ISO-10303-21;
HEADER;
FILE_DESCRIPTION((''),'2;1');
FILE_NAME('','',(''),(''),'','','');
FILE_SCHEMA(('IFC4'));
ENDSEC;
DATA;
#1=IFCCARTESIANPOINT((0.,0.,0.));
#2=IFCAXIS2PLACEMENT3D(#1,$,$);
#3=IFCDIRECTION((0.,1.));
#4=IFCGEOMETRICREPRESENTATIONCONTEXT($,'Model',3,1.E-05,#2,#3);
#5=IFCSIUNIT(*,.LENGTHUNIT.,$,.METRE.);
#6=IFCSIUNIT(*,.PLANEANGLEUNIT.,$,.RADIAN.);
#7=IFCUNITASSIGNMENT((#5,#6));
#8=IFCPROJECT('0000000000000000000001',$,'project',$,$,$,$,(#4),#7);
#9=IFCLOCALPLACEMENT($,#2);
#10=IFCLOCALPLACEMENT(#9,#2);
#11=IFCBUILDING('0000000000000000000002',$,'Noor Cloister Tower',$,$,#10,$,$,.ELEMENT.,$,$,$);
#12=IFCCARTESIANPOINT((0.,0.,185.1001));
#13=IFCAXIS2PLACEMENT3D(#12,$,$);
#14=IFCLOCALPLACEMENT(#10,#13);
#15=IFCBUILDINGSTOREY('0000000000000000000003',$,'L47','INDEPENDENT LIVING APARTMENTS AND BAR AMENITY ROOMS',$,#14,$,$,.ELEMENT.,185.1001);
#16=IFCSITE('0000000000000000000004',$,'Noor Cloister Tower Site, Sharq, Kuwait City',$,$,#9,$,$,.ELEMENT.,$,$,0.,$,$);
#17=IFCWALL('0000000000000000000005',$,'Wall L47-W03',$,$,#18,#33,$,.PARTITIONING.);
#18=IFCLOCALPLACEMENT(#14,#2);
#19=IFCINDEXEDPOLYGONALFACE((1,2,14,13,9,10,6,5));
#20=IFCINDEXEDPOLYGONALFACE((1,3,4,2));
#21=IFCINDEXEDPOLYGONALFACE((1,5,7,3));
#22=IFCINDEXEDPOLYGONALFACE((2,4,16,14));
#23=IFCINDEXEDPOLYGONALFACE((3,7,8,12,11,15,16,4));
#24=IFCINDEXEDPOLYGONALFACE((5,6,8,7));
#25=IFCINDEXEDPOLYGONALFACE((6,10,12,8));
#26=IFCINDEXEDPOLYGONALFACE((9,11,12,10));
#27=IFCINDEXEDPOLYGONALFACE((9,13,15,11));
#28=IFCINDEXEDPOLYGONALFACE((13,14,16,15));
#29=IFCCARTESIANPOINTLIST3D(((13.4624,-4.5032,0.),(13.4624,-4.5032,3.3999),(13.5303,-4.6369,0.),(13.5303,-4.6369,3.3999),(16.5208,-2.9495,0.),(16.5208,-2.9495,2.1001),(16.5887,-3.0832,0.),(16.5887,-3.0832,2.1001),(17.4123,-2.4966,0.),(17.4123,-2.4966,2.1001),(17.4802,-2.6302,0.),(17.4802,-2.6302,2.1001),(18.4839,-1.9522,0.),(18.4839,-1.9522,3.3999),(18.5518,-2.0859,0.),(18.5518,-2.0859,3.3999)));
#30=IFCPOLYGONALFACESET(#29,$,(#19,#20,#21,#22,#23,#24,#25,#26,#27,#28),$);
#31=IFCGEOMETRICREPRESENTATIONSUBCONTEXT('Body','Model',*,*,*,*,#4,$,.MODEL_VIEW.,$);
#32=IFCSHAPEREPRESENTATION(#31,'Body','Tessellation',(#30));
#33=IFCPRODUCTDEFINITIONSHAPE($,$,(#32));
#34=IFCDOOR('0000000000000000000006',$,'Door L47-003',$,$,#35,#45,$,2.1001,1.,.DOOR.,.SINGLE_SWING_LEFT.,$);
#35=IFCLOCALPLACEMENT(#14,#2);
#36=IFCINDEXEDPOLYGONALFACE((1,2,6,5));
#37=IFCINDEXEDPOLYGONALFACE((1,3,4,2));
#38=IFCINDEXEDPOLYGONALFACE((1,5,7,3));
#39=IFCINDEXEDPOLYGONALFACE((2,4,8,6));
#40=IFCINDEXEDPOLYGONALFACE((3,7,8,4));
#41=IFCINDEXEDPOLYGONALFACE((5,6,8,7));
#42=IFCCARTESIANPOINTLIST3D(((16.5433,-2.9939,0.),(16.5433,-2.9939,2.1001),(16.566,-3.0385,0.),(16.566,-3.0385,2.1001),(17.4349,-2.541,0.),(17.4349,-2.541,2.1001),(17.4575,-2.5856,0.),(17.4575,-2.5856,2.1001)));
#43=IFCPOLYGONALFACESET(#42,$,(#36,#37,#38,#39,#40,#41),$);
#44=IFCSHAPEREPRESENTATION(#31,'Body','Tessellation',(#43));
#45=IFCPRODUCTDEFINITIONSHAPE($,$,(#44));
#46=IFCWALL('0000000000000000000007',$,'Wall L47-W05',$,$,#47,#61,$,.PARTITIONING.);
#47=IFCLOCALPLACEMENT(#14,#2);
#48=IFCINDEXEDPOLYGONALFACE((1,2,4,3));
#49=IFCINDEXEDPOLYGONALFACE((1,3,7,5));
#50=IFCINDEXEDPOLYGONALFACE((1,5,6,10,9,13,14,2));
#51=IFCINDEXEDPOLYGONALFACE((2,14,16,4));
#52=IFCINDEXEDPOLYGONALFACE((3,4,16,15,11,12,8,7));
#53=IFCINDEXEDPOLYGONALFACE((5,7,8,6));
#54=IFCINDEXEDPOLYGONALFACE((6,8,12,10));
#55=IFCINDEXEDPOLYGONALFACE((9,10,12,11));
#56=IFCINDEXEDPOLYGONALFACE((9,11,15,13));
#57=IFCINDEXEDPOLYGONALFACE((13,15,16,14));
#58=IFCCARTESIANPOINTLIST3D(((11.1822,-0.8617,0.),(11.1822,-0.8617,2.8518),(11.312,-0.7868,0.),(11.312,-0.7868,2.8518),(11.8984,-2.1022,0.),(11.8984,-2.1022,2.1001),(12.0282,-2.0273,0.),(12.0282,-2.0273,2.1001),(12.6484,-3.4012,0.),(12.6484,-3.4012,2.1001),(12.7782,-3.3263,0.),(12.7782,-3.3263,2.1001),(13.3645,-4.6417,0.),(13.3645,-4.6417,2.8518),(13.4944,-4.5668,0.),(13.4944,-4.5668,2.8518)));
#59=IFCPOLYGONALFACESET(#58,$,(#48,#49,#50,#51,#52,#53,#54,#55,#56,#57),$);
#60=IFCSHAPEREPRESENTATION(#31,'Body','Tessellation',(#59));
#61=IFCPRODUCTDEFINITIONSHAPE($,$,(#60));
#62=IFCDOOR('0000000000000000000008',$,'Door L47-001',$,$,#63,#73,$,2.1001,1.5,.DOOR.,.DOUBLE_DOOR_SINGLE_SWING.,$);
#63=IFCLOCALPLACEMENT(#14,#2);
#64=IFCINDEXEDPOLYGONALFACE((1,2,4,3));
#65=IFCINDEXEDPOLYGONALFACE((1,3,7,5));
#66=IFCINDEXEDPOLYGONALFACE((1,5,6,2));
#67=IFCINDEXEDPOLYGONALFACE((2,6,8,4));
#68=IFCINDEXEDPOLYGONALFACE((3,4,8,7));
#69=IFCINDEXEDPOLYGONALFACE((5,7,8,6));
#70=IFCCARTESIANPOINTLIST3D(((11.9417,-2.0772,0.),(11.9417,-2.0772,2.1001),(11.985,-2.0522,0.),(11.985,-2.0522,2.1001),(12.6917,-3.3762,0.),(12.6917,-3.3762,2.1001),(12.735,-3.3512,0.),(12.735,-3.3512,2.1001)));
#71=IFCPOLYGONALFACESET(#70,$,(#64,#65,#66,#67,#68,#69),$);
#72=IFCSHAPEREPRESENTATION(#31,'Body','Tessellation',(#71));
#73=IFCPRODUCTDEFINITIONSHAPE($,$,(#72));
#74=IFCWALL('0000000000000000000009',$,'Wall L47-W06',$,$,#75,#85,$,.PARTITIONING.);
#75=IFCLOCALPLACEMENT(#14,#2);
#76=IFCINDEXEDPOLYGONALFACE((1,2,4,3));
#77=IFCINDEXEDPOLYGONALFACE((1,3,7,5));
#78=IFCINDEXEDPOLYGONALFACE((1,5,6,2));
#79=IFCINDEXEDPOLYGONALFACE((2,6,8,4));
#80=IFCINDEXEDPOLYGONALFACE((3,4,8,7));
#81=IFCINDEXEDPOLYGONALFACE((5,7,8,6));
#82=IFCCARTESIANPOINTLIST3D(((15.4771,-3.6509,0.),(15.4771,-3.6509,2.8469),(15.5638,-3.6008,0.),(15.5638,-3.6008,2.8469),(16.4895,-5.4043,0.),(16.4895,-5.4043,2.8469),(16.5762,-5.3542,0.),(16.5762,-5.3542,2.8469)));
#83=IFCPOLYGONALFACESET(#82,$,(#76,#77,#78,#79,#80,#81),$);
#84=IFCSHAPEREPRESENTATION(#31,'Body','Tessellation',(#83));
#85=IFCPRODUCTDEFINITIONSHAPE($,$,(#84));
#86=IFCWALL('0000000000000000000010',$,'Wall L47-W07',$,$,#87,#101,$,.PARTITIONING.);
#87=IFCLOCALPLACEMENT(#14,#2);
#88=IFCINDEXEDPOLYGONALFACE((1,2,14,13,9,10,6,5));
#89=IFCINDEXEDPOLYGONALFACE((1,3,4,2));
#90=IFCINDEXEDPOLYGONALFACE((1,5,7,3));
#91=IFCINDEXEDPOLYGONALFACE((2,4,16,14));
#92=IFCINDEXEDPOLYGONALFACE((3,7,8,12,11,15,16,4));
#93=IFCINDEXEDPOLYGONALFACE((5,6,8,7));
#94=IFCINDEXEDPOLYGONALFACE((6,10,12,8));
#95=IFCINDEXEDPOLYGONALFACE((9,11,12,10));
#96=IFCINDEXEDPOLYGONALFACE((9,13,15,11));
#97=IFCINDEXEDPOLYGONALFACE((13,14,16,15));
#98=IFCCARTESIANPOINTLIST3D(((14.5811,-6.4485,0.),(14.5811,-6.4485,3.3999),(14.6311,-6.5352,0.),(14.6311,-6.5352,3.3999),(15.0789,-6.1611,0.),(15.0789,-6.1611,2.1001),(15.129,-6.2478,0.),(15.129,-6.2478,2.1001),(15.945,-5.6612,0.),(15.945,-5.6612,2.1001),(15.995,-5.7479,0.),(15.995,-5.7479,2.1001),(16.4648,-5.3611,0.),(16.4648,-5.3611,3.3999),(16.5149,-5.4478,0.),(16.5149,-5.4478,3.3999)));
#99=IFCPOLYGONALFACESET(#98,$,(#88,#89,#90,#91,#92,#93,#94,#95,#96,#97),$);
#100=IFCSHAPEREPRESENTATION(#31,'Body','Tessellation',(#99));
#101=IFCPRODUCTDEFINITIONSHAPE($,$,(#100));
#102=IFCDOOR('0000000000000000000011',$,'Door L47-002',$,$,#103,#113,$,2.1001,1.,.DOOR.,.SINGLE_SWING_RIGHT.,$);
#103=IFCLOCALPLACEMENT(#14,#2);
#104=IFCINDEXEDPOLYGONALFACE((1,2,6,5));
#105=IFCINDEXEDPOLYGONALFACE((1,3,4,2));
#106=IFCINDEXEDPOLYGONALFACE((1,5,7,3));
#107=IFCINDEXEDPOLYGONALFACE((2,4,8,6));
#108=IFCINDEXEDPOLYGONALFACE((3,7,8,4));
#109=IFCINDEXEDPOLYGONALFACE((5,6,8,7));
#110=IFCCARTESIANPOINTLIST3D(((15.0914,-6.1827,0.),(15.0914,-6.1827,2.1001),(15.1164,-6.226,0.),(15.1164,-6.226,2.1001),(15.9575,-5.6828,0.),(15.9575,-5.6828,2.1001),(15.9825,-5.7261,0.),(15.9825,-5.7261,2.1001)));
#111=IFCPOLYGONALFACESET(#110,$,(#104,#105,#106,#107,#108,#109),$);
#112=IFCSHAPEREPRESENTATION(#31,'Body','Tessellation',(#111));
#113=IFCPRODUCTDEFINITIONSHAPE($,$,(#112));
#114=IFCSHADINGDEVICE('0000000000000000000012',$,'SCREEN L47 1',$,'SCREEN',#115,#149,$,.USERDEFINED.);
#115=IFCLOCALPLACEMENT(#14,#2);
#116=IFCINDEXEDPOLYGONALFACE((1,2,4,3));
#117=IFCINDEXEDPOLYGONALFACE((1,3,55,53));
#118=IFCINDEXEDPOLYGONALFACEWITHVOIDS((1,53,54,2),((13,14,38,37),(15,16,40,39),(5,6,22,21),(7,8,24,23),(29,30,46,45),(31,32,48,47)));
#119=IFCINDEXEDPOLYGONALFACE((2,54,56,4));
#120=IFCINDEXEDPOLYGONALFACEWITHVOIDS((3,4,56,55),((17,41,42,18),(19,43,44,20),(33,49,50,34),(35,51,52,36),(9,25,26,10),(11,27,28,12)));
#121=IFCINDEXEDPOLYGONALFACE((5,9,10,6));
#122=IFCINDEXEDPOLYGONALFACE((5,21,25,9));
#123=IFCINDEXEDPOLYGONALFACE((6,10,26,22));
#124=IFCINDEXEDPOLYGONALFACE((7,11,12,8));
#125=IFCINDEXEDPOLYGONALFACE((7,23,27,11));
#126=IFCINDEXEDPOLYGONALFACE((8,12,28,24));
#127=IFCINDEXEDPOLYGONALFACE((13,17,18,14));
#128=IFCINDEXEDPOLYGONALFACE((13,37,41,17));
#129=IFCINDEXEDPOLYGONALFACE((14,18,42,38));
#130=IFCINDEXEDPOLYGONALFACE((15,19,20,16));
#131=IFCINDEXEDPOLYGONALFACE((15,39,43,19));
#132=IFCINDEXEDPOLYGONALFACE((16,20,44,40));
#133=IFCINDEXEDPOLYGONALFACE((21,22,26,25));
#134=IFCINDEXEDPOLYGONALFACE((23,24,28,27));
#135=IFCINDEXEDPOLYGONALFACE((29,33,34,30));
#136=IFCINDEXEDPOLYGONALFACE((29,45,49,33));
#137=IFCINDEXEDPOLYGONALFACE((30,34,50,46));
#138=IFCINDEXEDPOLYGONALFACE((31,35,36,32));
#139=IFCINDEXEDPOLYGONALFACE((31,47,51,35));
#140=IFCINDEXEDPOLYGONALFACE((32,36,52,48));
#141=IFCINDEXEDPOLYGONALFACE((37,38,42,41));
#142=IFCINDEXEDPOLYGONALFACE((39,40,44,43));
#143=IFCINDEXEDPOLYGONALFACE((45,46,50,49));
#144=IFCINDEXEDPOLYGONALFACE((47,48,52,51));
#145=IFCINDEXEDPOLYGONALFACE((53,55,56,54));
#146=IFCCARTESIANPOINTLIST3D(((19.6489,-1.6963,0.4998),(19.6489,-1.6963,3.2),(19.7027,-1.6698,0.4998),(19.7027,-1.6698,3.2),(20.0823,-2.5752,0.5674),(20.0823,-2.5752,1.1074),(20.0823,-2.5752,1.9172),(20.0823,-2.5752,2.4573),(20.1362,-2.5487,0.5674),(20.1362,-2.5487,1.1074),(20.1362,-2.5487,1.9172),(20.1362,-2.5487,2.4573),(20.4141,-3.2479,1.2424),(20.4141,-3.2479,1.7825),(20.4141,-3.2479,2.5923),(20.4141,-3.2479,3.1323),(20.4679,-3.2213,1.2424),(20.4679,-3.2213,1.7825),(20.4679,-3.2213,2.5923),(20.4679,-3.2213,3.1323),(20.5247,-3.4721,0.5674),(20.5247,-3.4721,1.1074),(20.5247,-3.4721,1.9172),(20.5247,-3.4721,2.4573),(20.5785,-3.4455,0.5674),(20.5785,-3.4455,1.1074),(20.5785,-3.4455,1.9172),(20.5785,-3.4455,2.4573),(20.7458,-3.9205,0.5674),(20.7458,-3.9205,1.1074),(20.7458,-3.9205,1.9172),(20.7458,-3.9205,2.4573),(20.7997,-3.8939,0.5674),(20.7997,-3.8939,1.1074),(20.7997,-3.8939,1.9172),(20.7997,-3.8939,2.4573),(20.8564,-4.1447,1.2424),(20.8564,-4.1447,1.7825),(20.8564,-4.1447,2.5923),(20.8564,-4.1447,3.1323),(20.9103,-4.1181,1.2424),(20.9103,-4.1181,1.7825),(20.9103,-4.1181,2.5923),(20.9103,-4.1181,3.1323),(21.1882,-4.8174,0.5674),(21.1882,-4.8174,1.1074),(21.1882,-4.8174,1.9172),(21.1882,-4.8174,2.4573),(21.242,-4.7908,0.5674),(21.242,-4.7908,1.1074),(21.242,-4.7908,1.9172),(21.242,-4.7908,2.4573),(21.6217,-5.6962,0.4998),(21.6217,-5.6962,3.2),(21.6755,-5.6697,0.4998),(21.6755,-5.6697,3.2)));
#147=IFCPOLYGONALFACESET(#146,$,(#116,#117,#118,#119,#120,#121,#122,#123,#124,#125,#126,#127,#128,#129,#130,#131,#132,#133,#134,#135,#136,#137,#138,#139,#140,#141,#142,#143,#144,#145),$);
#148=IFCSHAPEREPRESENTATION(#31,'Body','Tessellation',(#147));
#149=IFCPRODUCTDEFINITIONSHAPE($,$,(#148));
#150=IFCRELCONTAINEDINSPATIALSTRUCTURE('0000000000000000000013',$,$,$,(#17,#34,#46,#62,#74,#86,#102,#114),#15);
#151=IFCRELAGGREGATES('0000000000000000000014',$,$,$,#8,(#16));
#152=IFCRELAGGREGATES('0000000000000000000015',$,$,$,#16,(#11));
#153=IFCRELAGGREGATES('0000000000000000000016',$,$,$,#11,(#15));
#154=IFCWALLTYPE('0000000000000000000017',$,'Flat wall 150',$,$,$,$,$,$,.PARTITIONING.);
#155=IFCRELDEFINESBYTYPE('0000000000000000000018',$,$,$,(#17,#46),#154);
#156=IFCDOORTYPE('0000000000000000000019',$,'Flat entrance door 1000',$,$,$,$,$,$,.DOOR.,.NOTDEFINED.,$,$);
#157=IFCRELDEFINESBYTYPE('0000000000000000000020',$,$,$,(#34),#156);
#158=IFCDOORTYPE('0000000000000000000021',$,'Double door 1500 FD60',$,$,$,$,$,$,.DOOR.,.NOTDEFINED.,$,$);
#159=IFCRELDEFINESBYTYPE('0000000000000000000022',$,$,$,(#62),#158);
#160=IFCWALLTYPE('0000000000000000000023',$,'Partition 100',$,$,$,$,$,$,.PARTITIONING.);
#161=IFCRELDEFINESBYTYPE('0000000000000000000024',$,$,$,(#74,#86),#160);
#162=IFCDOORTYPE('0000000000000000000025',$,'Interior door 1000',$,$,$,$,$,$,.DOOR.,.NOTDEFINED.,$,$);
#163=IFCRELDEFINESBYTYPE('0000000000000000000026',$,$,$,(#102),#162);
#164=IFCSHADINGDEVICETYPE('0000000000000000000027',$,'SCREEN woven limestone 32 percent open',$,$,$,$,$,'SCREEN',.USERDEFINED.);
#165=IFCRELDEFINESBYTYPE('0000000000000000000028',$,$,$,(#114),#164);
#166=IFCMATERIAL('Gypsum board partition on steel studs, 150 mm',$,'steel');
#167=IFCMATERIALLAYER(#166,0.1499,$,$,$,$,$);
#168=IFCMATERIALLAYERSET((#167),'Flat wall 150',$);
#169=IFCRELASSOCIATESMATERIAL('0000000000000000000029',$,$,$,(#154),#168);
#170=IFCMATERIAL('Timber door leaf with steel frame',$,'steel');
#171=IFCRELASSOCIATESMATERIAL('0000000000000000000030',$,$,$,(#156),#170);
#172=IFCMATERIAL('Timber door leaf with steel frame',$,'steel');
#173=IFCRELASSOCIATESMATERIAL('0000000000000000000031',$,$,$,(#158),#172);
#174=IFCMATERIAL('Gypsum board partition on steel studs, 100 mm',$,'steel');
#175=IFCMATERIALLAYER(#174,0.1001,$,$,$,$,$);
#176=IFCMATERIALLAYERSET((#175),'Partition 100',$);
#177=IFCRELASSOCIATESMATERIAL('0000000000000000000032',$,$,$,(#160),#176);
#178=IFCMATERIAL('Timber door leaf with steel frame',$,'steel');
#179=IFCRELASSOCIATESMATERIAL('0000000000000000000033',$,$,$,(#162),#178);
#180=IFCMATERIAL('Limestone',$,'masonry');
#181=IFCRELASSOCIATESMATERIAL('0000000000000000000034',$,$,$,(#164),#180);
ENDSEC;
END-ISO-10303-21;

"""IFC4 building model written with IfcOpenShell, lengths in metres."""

from ifc_helpers import new_model, si_unit, direction, frame, frame_2d, origin, place, context, subcontext, project, spatial, polyline, rectangle, outline, extrude, material, layer, layer_set, material_profile, profile_set, type_object, element, fill, save


model = new_model("IFC4")

# Units and contexts
model_context = context("Model", 3, precision=1e-05, world=origin(), true_north=direction((0.0, 1.0)))
body_context = subcontext(model_context, "Body", "Model", "MODEL_VIEW")
ifc_project = project(units=[si_unit("LENGTHUNIT", "METRE"), si_unit("PLANEANGLEUNIT", "RADIAN")], contexts=[model_context])

# Site, building, storey
site_placement = place(None, origin())
site = spatial("IfcSite", under=ifc_project, at=site_placement, Name="Noor Cloister Tower Site, Sharq, Kuwait City", CompositionType="ELEMENT", RefElevation=0.0)
building_placement = place(site_placement, origin())
building = spatial("IfcBuilding", under=site, at=building_placement, Name="Noor Cloister Tower", CompositionType="ELEMENT")
storey_placement = place(building_placement, frame((0.0, 0.0, 185.1001)))
storey = spatial("IfcBuildingStorey", under=building, at=storey_placement, Name="L47", Description="INDEPENDENT LIVING APARTMENTS AND BAR AMENITY ROOMS", CompositionType="ELEMENT", Elevation=185.1001)

# Walls, openings, doors
ifc_material_1 = material(Name="Gypsum board partition on steel studs, 150 mm", Category="steel")
ifc_layer_1 = layer(ifc_material_1, 0.1499)
ifc_layer_set_1 = layer_set([ifc_layer_1], Name="Flat wall 150")
wall_type_1 = type_object("IfcWallType", Name="Flat wall 150", PredefinedType="PARTITIONING", material=ifc_layer_set_1)
ifc_material_2 = material(Name="Timber door leaf with steel frame", Category="steel")
door_type_1 = type_object("IfcDoorType", Name="Flat entrance door 1000", OperationType="NOTDEFINED", PredefinedType="DOOR", material=ifc_material_2)
wall_1_placement = place(storey_placement, frame((18.5178, -2.019, 0.0), z_axis=(0.0, 0.0, 1.0), x_axis=(-0.891548, -0.452926, 0.0)))
wall_1 = element("IfcWall", 1, at=wall_1_placement, inside=storey, type_object=wall_type_1, Name="Wall L47-W03", PredefinedType="PARTITIONING", context=body_context, shape_type="SweptSolid", body=[
    extrude(rectangle(XDim=5.6323, YDim=0.1499, at=frame_2d((2.8162, 0.0))), origin(), (0.0, 0.0, 1.0), 3.3999),
])
opening_1_placement = place(wall_1_placement, frame((1.2019, 0.0, 0.0)))
opening_1 = element("IfcOpeningElement", 2, at=opening_1_placement, cuts=wall_1, PredefinedType="OPENING", context=body_context, shape_type="SweptSolid", body=[
    extrude(rectangle(XDim=1.0, YDim=2.1001, at=frame_2d((0.5, 1.05))), frame((0.0, 0.085, 0.0), z_axis=(0.0, -1.0, 0.0), x_axis=(1.0, 0.0, 0.0)), (0.0, 0.0, 1.0), 0.1699),
])
door_1_placement = place(opening_1_placement, origin())
door_1 = element("IfcDoor", 3, at=door_1_placement, inside=storey, type_object=door_type_1, Name="Door L47-003", OperationType="SINGLE_SWING_LEFT", OverallHeight=2.1001, OverallWidth=1.0, PredefinedType="DOOR", context=body_context, shape_type="SweptSolid", body=[
    extrude(rectangle(XDim=1.0, YDim=2.1001, at=frame_2d((0.5, 1.05))), frame((0.0, 0.0249, 0.0), z_axis=(0.0, -1.0, 0.0), x_axis=(1.0, 0.0, 0.0)), (0.0, 0.0, 1.0), 0.05),
])
fill(opening_1, door_1)
wall_2_placement = place(storey_placement, frame((13.4294, -4.6042, 0.0), z_axis=(0.0, 0.0, 1.0), x_axis=(-0.499995, 0.866028, 0.0)))
wall_2 = element("IfcWall", 4, at=wall_2_placement, inside=storey, type_object=wall_type_1, Name="Wall L47-W05", PredefinedType="PARTITIONING", context=body_context, shape_type="SweptSolid", body=[
    extrude(rectangle(XDim=4.3647, YDim=0.1499, at=frame_2d((2.1824, 0.0))), origin(), (0.0, 0.0, 1.0), 2.8518),
])
opening_2_placement = place(wall_2_placement, frame((1.4324, 0.0, 0.0)))
opening_2 = element("IfcOpeningElement", 5, at=opening_2_placement, cuts=wall_2, PredefinedType="OPENING", context=body_context, shape_type="SweptSolid", body=[
    extrude(rectangle(XDim=1.5, YDim=2.1001, at=frame_2d((0.75, 1.05))), frame((0.0, 0.085, 0.0), z_axis=(0.0, -1.0, 0.0), x_axis=(1.0, 0.0, 0.0)), (0.0, 0.0, 1.0), 0.1699),
])
ifc_material_3 = material(Name="Timber door leaf with steel frame", Category="steel")
door_type_2 = type_object("IfcDoorType", Name="Double door 1500 FD60", OperationType="NOTDEFINED", PredefinedType="DOOR", material=ifc_material_3)
door_2_placement = place(opening_2_placement, origin())
door_2 = element("IfcDoor", 6, at=door_2_placement, inside=storey, type_object=door_type_2, Name="Door L47-001", OperationType="DOUBLE_DOOR_SINGLE_SWING", OverallHeight=2.1001, OverallWidth=1.5, PredefinedType="DOOR", context=body_context, shape_type="SweptSolid", body=[
    extrude(rectangle(XDim=1.5, YDim=2.1001, at=frame_2d((0.75, 1.05))), frame((0.0, 0.0249, 0.0), z_axis=(0.0, -1.0, 0.0), x_axis=(1.0, 0.0, 0.0)), (0.0, 0.0, 1.0), 0.05),
])
fill(opening_2, door_2)

# Wall
ifc_material_4 = material(Name="Gypsum board partition on steel studs, 100 mm", Category="steel")
ifc_layer_2 = layer(ifc_material_4, 0.1001)
ifc_layer_set_2 = layer_set([ifc_layer_2], Name="Partition 100")
wall_type_2 = type_object("IfcWallType", Name="Partition 100", PredefinedType="PARTITIONING", material=ifc_layer_set_2)
wall_3_placement = place(storey_placement, frame((15.5205, -3.626, 0.0), z_axis=(0.0, 0.0, 1.0), x_axis=(0.500043, -0.866001, 0.0)))
element("IfcWall", 7, at=wall_3_placement, inside=storey, type_object=wall_type_2, Name="Wall L47-W06", PredefinedType="PARTITIONING", context=body_context, shape_type="SweptSolid", body=[
    extrude(rectangle(XDim=2.0247, YDim=0.1001, at=frame_2d((1.0122, 0.0))), origin(), (0.0, 0.0, 1.0), 2.8469),
])

# Wall, opening, door
wall_4_placement = place(storey_placement, frame((16.4897, -5.4045, 0.0), z_axis=(0.0, 0.0, 1.0), x_axis=(-0.866066, -0.49993, 0.0)))
wall_4 = element("IfcWall", 8, at=wall_4_placement, inside=storey, type_object=wall_type_2, Name="Wall L47-W07", PredefinedType="PARTITIONING", context=body_context, shape_type="SweptSolid", body=[
    extrude(rectangle(XDim=2.175, YDim=0.1001, at=frame_2d((1.0874, 0.0))), origin(), (0.0, 0.0, 1.0), 3.3999),
])
opening_3_placement = place(wall_4_placement, frame((0.6001, 0.0, 0.0)))
opening_3 = element("IfcOpeningElement", 9, at=opening_3_placement, cuts=wall_4, PredefinedType="OPENING", context=body_context, shape_type="SweptSolid", body=[
    extrude(rectangle(XDim=1.0, YDim=2.1001, at=frame_2d((0.5, 1.05))), frame((0.0, 0.0601, 0.0), z_axis=(0.0, -1.0, 0.0), x_axis=(1.0, 0.0, 0.0)), (0.0, 0.0, 1.0), 0.1201),
])
ifc_material_5 = material(Name="Timber door leaf with steel frame", Category="steel")
door_type_3 = type_object("IfcDoorType", Name="Interior door 1000", OperationType="NOTDEFINED", PredefinedType="DOOR", material=ifc_material_5)
door_3_placement = place(opening_3_placement, origin())
door_3 = element("IfcDoor", 10, at=door_3_placement, inside=storey, type_object=door_type_3, Name="Door L47-002", OperationType="SINGLE_SWING_RIGHT", OverallHeight=2.1001, OverallWidth=1.0, PredefinedType="DOOR", context=body_context, shape_type="SweptSolid", body=[
    extrude(rectangle(XDim=1.0, YDim=2.1001, at=frame_2d((0.5, 1.05))), frame((0.0, 0.0249, 0.0), z_axis=(0.0, -1.0, 0.0), x_axis=(1.0, 0.0, 0.0)), (0.0, 0.0, 1.0), 0.05),
])
fill(opening_3, door_3)

# Shading device
ifc_material_6 = material(Name="Limestone", Category="masonry")
ifc_material_profile_1 = material_profile(ifc_material_6, outline(polyline([(-2.23, -1.3501), (2.23, -1.3501), (2.23, 1.3501), (-2.23, 1.3501), (-2.23, -1.3501)]), holes=[polyline([(-1.25, -1.2825), (-0.25, -1.2825), (-0.25, -0.7424), (-1.25, -0.7424), (-1.25, -1.2825)]), polyline([(0.25, -1.2825), (1.25, -1.2825), (1.25, -0.7424), (0.25, -0.7424), (0.25, -1.2825)]), polyline([(-0.5, -0.6074), (0.5, -0.6074), (0.5, -0.0674), (-0.5, -0.0674), (-0.5, -0.6074)]), polyline([(-1.25, 0.0674), (-0.25, 0.0674), (-0.25, 0.6074), (-1.25, 0.6074), (-1.25, 0.0674)]), polyline([(0.25, 0.0674), (1.25, 0.0674), (1.25, 0.6074), (0.25, 0.6074), (0.25, 0.0674)]), polyline([(-0.5, 0.7424), (0.5, 0.7424), (0.5, 1.2825), (-0.5, 1.2825), (-0.5, 0.7424)])]), Name="Woven screen 32 percent open")
ifc_profile_set_1 = profile_set([ifc_material_profile_1], Name="Limestone")
shading_device_type = type_object("IfcShadingDeviceType", Name="SCREEN woven limestone 32 percent open", ElementType="SCREEN", PredefinedType="USERDEFINED", material=ifc_profile_set_1)
shading_device_placement = place(storey_placement, frame((20.6353, -3.6963, 1.8499), z_axis=(0.896849, 0.442337, 0.0), x_axis=(-0.442337, 0.896849, 0.0)))
element("IfcShadingDevice", 11, at=shading_device_placement, inside=storey, type_object=shading_device_type, Name="SCREEN L47 1", ObjectType="SCREEN", PredefinedType="USERDEFINED", context=body_context, shape_type="SweptSolid", body=[
    extrude(outline(polyline([(-2.23, -1.3501), (2.23, -1.3501), (2.23, 1.3501), (-2.23, 1.3501), (-2.23, -1.3501)]), holes=[polyline([(-1.25, -1.2825), (-0.25, -1.2825), (-0.25, -0.7424), (-1.25, -0.7424), (-1.25, -1.2825)]), polyline([(0.25, -1.2825), (1.25, -1.2825), (1.25, -0.7424), (0.25, -0.7424), (0.25, -1.2825)]), polyline([(-0.5, -0.6074), (0.5, -0.6074), (0.5, -0.0674), (-0.5, -0.0674), (-0.5, -0.6074)]), polyline([(-1.25, 0.0674), (-0.25, 0.0674), (-0.25, 0.6074), (-1.25, 0.6074), (-1.25, 0.0674)]), polyline([(0.25, 0.0674), (1.25, 0.0674), (1.25, 0.6074), (0.25, 0.6074), (0.25, 0.0674)]), polyline([(-0.5, 0.7424), (0.5, 0.7424), (0.5, 1.2825), (-0.5, 1.2825), (-0.5, 0.7424)])]), origin(), (0.0, 0.0, 1.0), 0.0601),
])

save(model, "model.ifc")
